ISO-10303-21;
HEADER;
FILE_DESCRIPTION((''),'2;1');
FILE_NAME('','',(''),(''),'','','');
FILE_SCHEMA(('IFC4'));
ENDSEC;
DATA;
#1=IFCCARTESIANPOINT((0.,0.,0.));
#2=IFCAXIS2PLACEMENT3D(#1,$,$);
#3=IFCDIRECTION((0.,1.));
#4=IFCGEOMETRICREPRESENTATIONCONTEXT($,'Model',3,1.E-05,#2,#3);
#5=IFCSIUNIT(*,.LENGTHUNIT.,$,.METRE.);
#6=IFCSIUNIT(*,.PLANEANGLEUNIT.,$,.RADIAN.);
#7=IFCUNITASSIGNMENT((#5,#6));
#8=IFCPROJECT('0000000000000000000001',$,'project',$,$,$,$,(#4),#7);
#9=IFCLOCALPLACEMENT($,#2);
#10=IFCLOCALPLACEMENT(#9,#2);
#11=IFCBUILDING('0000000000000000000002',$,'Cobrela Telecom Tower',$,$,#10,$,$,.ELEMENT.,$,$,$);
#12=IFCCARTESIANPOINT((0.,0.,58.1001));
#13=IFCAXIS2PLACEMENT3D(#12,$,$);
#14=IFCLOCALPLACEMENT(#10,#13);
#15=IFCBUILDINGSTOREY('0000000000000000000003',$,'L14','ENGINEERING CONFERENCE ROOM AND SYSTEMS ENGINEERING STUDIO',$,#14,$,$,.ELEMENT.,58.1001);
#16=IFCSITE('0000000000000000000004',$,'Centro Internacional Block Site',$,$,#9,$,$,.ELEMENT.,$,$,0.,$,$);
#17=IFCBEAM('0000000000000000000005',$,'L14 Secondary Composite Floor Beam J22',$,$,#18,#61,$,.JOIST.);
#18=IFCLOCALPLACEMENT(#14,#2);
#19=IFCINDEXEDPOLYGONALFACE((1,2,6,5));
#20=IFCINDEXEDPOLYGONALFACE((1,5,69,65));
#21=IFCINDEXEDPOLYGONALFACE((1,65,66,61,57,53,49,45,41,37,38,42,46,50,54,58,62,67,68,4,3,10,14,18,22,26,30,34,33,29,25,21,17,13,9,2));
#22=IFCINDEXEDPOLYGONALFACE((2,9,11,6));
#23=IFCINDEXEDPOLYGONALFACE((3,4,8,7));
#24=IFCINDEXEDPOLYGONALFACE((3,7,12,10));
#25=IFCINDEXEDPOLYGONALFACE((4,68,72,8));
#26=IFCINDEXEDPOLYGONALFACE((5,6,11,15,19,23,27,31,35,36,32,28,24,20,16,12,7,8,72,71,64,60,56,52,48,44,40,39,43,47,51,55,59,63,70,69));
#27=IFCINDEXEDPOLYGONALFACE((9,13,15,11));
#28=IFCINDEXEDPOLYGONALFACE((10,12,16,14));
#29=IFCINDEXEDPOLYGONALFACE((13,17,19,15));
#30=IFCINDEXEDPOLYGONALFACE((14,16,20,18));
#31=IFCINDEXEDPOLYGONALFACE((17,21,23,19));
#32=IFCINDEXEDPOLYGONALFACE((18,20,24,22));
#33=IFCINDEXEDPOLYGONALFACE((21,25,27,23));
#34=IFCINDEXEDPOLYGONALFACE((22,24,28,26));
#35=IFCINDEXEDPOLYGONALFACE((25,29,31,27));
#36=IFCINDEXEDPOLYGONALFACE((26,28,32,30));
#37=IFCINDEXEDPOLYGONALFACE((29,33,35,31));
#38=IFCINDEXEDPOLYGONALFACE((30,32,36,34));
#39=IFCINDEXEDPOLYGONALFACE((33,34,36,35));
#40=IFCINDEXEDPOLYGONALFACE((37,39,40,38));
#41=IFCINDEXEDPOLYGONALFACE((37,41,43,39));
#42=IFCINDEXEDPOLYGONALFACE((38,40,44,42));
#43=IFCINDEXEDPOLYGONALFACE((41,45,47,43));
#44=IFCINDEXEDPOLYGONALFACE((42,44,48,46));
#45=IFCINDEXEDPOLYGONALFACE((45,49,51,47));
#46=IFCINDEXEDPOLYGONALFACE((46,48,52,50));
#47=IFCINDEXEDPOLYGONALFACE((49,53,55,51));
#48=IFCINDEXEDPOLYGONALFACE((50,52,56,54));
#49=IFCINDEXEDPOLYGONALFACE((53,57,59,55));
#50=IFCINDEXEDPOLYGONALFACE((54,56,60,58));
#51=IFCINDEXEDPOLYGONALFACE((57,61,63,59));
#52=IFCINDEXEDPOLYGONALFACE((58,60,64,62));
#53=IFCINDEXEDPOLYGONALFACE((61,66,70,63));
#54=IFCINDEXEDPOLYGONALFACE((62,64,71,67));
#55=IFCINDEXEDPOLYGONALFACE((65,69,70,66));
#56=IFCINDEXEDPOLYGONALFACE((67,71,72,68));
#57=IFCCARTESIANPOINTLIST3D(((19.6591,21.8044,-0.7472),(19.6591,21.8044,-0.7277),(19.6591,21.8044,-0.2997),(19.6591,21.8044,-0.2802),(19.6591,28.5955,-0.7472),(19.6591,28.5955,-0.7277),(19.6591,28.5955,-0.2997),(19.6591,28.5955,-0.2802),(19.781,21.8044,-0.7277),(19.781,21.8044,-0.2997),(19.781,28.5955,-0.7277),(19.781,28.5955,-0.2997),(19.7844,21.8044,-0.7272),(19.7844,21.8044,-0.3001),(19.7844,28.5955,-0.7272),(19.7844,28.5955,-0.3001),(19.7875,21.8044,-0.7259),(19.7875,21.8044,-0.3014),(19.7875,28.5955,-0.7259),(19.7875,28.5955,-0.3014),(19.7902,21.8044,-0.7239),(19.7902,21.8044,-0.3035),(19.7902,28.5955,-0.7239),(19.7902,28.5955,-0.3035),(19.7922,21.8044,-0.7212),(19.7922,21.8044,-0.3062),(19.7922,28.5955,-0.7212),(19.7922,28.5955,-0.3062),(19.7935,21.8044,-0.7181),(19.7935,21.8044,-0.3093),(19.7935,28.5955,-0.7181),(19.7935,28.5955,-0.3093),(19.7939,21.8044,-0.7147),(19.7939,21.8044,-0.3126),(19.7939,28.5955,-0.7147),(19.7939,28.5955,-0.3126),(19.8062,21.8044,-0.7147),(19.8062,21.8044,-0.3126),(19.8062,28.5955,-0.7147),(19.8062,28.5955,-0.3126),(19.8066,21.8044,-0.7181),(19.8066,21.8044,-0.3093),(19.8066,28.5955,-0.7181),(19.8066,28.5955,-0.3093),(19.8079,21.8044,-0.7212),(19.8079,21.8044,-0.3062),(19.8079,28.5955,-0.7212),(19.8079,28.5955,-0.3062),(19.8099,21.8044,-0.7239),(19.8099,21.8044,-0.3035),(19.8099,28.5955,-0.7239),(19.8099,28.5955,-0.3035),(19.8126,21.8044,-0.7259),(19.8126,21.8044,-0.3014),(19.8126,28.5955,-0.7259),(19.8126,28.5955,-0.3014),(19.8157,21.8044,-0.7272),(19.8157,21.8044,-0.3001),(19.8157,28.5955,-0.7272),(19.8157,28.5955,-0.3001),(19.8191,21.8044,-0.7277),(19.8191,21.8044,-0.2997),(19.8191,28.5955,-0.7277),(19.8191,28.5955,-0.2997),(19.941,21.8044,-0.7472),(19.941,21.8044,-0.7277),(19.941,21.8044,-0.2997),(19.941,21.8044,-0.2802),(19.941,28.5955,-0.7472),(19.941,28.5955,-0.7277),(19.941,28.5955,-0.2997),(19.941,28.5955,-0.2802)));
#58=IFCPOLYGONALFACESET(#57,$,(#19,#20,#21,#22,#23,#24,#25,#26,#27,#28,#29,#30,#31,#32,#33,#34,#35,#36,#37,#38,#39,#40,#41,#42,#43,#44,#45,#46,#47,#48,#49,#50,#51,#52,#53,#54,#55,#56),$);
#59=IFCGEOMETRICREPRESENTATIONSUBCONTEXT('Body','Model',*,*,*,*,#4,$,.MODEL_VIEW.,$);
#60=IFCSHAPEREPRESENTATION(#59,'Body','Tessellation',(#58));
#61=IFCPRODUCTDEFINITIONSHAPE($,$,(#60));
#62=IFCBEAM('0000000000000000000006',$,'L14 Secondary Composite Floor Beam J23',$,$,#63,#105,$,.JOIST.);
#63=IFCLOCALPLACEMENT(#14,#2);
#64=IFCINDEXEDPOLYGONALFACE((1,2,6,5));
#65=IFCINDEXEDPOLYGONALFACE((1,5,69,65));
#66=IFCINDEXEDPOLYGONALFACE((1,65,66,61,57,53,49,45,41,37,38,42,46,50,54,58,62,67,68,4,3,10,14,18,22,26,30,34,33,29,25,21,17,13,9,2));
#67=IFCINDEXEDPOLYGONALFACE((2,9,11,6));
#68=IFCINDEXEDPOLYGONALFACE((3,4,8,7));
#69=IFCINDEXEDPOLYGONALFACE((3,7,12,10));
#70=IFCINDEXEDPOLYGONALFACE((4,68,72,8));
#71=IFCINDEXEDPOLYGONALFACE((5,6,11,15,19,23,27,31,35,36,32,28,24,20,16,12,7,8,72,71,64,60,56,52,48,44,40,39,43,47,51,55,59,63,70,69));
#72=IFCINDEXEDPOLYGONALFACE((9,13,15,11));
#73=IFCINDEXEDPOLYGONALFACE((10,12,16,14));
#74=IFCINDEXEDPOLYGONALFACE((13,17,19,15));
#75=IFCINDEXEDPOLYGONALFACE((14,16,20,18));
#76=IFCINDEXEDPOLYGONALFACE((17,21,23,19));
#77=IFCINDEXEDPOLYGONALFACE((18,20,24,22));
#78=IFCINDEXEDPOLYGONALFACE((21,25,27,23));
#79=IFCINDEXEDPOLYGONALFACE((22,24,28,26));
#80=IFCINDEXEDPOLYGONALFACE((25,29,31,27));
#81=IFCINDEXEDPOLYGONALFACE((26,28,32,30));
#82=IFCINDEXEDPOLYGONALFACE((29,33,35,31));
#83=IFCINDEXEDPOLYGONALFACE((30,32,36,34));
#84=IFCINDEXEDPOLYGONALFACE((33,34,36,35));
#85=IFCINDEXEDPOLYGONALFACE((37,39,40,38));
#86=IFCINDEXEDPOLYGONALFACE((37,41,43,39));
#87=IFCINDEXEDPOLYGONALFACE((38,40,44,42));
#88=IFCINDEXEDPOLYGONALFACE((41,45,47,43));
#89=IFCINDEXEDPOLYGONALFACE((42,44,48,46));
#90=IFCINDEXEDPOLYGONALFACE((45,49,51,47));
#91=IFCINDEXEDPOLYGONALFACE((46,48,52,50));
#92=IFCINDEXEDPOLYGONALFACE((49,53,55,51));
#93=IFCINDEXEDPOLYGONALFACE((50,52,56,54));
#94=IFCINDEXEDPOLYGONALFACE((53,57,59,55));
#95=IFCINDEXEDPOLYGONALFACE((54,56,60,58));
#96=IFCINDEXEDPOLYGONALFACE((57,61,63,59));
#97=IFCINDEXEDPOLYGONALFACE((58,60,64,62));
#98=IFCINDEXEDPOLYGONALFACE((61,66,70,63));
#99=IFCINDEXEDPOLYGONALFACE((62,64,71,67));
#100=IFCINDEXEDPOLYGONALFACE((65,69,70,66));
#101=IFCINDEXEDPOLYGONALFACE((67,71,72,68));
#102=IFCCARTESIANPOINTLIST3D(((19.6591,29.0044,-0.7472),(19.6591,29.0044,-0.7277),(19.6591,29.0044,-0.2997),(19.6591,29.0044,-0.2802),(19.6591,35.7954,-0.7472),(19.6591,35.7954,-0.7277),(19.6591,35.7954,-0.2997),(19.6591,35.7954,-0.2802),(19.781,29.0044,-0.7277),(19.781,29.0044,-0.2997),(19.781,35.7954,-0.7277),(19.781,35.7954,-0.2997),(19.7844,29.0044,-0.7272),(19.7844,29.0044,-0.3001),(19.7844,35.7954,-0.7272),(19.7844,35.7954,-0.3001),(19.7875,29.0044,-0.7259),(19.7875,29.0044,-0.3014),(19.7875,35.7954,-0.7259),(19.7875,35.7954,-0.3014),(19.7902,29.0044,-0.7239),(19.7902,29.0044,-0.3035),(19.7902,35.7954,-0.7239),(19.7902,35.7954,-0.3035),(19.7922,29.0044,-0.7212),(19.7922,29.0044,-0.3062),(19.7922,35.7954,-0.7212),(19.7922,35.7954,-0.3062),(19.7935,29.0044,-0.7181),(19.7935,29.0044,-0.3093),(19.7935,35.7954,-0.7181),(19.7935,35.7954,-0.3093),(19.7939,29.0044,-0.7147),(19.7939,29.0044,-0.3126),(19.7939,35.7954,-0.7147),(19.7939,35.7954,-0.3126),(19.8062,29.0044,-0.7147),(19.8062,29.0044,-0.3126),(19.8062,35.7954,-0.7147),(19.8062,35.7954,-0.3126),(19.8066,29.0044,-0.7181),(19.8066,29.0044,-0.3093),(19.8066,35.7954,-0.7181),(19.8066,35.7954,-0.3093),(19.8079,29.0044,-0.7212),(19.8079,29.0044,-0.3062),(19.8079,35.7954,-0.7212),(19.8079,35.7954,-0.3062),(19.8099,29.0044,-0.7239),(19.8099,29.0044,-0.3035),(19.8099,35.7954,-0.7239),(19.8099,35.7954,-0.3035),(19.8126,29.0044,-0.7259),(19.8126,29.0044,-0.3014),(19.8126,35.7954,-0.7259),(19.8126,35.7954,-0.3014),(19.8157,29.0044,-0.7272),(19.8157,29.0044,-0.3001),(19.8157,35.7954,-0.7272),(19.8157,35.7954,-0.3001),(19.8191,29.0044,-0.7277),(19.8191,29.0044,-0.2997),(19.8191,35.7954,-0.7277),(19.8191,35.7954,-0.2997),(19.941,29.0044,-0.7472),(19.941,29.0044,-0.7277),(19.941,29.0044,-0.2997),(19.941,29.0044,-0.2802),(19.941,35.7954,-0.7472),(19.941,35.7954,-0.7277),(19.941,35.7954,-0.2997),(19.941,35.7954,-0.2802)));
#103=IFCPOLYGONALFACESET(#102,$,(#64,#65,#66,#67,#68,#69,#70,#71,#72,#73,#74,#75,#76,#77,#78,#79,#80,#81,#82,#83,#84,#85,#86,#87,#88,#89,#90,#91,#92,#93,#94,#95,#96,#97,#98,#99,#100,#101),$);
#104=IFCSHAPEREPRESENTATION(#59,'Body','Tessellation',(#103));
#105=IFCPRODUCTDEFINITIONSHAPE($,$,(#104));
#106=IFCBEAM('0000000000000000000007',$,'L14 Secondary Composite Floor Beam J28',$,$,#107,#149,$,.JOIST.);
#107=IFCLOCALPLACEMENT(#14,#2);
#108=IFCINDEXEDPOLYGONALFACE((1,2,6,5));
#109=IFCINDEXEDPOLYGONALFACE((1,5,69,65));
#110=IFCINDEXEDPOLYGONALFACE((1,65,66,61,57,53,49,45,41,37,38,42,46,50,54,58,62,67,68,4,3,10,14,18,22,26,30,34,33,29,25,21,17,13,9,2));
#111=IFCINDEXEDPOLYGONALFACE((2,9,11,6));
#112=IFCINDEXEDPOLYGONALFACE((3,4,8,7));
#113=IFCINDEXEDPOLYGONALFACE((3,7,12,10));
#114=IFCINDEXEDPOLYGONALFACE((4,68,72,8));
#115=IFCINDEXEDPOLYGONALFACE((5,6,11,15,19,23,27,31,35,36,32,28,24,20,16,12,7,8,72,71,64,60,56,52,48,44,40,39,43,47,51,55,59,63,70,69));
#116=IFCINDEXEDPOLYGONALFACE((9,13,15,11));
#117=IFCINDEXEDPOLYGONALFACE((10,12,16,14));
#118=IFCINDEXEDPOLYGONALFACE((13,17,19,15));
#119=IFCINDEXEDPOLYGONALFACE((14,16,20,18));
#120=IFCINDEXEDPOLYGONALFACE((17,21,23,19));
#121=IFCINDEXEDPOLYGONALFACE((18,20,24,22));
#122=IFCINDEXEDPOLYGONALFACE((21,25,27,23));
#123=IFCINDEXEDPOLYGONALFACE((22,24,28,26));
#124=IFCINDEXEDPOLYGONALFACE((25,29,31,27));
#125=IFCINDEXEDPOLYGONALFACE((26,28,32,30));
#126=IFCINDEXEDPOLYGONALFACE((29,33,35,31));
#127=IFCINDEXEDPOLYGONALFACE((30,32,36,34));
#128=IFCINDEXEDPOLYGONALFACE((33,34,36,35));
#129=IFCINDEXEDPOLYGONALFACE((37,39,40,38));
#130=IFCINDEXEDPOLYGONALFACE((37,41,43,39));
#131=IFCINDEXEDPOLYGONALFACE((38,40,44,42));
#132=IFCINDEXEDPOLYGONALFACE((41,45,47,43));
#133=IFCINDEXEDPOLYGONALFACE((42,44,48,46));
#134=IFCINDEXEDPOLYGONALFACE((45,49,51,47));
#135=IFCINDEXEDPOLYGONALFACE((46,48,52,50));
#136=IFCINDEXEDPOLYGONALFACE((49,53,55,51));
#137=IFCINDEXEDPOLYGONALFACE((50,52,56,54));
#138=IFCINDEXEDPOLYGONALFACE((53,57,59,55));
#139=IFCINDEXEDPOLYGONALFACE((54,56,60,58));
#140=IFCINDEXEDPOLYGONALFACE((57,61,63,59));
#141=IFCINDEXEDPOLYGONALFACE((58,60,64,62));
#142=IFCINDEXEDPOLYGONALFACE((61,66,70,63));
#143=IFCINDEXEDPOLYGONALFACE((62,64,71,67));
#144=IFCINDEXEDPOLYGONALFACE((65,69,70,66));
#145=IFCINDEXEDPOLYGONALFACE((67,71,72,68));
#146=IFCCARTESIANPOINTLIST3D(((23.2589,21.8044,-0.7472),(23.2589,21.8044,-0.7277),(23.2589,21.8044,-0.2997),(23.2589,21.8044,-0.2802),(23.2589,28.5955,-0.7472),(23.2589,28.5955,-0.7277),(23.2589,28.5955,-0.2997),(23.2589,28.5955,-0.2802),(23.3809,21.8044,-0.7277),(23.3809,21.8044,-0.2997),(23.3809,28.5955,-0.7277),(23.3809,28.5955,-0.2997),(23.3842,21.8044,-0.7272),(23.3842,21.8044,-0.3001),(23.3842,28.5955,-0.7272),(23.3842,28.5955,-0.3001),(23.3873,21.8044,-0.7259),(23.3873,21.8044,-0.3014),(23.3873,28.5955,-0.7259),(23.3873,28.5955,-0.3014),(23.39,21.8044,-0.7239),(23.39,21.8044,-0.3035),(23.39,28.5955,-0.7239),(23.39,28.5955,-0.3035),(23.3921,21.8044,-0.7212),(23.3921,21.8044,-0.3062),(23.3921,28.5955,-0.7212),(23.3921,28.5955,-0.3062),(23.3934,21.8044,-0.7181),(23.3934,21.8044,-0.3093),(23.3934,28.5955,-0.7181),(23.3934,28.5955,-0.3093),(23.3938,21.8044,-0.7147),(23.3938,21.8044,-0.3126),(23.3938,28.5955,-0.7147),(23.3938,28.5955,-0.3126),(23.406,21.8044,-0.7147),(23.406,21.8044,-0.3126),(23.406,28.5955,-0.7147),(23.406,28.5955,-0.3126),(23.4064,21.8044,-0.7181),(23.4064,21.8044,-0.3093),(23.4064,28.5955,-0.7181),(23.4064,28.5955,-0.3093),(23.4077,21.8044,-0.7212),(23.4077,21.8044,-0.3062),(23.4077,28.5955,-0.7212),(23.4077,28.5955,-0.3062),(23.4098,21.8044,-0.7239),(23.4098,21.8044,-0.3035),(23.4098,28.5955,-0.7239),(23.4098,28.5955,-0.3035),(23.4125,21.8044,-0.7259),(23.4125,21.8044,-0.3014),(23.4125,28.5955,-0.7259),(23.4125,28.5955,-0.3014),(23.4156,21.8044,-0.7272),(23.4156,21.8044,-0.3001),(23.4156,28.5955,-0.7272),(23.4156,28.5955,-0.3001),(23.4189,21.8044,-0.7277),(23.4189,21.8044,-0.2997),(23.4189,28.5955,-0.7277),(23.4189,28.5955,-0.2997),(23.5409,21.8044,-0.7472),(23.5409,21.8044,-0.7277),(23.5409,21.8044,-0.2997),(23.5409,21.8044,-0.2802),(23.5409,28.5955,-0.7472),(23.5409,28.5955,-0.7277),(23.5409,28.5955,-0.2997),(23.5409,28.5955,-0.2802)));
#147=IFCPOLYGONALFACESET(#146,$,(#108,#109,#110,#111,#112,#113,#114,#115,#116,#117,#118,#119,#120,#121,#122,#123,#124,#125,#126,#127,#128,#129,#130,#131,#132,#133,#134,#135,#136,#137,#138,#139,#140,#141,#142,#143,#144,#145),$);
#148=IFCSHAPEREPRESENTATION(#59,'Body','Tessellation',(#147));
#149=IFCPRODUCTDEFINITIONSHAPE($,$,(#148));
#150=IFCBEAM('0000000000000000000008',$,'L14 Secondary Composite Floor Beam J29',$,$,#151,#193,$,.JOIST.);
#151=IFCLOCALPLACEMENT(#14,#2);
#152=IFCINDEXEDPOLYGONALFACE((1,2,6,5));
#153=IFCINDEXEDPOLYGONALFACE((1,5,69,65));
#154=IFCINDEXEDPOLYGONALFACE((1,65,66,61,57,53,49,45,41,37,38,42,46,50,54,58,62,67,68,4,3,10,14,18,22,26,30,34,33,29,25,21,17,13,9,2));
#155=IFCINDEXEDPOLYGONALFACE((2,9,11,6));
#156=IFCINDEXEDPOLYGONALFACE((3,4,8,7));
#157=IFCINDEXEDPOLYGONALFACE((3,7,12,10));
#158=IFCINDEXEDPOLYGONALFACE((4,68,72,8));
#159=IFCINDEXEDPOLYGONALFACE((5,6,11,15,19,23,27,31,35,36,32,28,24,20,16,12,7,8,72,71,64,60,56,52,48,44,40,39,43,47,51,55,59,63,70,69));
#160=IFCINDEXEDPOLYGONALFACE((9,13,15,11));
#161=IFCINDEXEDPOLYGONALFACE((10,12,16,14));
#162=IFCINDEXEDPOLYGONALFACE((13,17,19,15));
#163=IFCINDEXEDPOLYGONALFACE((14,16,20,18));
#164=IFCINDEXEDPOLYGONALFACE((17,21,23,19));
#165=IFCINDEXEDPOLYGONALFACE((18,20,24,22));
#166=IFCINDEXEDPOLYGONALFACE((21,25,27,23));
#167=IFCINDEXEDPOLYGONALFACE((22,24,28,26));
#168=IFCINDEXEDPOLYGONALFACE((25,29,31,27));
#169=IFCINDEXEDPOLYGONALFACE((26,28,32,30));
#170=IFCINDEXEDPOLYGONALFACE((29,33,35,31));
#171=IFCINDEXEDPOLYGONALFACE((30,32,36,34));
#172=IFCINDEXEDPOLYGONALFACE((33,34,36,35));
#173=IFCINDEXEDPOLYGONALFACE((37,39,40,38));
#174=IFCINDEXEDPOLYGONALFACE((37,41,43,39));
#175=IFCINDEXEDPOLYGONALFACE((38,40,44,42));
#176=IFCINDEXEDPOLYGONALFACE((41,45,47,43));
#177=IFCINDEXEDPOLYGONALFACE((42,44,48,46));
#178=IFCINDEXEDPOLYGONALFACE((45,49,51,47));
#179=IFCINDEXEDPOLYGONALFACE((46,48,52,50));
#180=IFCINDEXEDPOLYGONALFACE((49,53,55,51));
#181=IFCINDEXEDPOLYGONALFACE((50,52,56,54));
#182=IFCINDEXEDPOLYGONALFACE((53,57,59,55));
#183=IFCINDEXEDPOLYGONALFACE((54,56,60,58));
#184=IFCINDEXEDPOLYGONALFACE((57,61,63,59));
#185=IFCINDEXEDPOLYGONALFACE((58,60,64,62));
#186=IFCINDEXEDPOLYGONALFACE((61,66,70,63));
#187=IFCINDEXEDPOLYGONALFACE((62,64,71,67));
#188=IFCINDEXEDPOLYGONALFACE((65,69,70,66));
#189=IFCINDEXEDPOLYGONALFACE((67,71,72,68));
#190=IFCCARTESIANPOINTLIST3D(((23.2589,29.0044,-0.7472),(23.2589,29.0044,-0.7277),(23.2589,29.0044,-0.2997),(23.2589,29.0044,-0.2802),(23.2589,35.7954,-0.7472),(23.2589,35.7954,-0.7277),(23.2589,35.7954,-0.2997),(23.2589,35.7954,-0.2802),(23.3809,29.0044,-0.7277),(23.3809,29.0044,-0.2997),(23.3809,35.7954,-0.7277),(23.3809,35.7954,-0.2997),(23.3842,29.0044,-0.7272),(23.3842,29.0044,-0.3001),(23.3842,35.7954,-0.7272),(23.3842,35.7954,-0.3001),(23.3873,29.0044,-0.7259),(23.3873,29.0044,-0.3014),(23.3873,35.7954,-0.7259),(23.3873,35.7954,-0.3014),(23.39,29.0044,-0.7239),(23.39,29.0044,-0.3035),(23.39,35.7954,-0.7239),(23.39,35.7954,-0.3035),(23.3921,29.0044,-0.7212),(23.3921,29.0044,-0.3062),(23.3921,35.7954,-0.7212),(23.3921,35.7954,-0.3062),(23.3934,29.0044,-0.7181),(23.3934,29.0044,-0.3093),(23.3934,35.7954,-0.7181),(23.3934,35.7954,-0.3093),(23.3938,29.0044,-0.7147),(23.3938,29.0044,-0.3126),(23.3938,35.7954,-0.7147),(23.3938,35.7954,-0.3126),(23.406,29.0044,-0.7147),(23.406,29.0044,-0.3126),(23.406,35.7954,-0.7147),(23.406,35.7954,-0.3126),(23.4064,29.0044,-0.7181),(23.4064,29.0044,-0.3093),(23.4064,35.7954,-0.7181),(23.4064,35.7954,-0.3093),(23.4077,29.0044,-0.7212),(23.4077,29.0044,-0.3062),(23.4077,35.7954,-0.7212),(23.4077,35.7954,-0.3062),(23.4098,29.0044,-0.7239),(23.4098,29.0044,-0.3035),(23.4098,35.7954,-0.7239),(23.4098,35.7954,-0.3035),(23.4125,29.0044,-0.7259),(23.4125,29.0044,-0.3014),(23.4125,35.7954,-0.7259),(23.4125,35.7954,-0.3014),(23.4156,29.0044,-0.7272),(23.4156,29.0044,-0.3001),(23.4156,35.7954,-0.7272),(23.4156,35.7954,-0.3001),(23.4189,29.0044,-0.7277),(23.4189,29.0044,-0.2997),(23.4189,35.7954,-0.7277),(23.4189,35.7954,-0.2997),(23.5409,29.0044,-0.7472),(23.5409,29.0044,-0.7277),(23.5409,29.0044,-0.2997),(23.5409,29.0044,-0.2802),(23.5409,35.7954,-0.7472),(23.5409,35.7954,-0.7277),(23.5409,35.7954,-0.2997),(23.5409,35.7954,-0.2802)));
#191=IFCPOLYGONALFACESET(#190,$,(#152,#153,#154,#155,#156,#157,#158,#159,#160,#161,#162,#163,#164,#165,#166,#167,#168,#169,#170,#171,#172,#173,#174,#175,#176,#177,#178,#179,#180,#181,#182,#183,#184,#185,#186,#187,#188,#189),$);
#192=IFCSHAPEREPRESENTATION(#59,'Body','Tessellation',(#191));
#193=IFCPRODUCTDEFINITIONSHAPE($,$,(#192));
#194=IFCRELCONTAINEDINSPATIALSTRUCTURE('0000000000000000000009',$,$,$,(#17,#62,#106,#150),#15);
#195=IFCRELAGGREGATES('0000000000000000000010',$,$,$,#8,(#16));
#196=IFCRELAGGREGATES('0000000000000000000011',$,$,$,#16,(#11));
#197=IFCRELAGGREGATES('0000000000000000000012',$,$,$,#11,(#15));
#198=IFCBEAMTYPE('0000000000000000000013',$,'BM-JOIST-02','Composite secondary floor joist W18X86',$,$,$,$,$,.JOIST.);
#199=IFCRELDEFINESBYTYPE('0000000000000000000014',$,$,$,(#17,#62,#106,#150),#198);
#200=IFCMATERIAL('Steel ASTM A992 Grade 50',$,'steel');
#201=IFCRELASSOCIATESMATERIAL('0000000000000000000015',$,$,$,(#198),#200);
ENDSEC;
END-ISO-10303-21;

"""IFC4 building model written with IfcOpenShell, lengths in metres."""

from ifc_helpers import new_model, si_unit, direction, frame, origin, origin_2d, place, context, subcontext, project, spatial, i_section, extrude, material, material_profile, profile_set, type_object, element, save


model = new_model("IFC4")

# Units and contexts
model_context = context("Model", 3, precision=1e-05, world=origin(), true_north=direction((0.0, 1.0)))
body_context = subcontext(model_context, "Body", "Model", "MODEL_VIEW")
ifc_project = project(units=[si_unit("LENGTHUNIT", "METRE"), si_unit("PLANEANGLEUNIT", "RADIAN")], contexts=[model_context])

# Site, building, storey
site_placement = place(None, origin())
site = spatial("IfcSite", under=ifc_project, at=site_placement, Name="Centro Internacional Block Site", CompositionType="ELEMENT", RefElevation=0.0)
building_placement = place(site_placement, origin())
building = spatial("IfcBuilding", under=site, at=building_placement, Name="Cobrela Telecom Tower", CompositionType="ELEMENT")
storey_placement = place(building_placement, frame((0.0, 0.0, 58.1001)))
storey = spatial("IfcBuildingStorey", under=building, at=storey_placement, Name="L14", Description="ENGINEERING CONFERENCE ROOM AND SYSTEMS ENGINEERING STUDIO", CompositionType="ELEMENT", Elevation=58.1001)

# Shared definitions
ifc_material_1 = material(Name="Steel ASTM A992 Grade 50", Category="steel")

# Beams
ifc_material_profile_1 = material_profile(ifc_material_1, i_section(OverallWidth=0.282, OverallDepth=0.467, WebThickness=0.0122, FlangeThickness=0.0195, FilletRadius=0.0129, at=origin_2d()), Name="W18X86")
ifc_profile_set_1 = profile_set([ifc_material_profile_1], Name="Steel ASTM A992 Grade 50")
beam_type_1 = type_object("IfcBeamType", Name="BM-JOIST-02", Description="Composite secondary floor joist W18X86", PredefinedType="JOIST", material=ifc_profile_set_1)
for number, where, z_axis, x_axis, name in (
    (1, (19.8, 21.8044, -0.5137), (0.0, 1.0, 0.0), (-1.0, 0.0, 0.0), "L14 Secondary Composite Floor Beam J22"),
    (2, (19.8, 29.0044, -0.5137), (0.0, 1.0, 0.0), (-1.0, 0.0, 0.0), "L14 Secondary Composite Floor Beam J23"),
    (3, (23.3999, 21.8044, -0.5137), (0.0, 1.0, 0.0), (-1.0, 0.0, 0.0), "L14 Secondary Composite Floor Beam J28"),
    (4, (23.3999, 29.0044, -0.5137), (0.0, 1.0, 0.0), (-1.0, 0.0, 0.0), "L14 Secondary Composite Floor Beam J29"),
):
    element("IfcBeam", number, at=place(storey_placement, frame(where, z_axis=z_axis, x_axis=x_axis)), inside=storey, type_object=beam_type_1, Name=name, PredefinedType="JOIST", context=body_context, shape_type="SweptSolid", body=[
        extrude(i_section(OverallWidth=0.282, OverallDepth=0.467, WebThickness=0.0122, FlangeThickness=0.0195, FilletRadius=0.0129, at=origin_2d()), origin(), (0.0, 0.0, 1.0), 6.791),
    ])

save(model, "model.ifc")
